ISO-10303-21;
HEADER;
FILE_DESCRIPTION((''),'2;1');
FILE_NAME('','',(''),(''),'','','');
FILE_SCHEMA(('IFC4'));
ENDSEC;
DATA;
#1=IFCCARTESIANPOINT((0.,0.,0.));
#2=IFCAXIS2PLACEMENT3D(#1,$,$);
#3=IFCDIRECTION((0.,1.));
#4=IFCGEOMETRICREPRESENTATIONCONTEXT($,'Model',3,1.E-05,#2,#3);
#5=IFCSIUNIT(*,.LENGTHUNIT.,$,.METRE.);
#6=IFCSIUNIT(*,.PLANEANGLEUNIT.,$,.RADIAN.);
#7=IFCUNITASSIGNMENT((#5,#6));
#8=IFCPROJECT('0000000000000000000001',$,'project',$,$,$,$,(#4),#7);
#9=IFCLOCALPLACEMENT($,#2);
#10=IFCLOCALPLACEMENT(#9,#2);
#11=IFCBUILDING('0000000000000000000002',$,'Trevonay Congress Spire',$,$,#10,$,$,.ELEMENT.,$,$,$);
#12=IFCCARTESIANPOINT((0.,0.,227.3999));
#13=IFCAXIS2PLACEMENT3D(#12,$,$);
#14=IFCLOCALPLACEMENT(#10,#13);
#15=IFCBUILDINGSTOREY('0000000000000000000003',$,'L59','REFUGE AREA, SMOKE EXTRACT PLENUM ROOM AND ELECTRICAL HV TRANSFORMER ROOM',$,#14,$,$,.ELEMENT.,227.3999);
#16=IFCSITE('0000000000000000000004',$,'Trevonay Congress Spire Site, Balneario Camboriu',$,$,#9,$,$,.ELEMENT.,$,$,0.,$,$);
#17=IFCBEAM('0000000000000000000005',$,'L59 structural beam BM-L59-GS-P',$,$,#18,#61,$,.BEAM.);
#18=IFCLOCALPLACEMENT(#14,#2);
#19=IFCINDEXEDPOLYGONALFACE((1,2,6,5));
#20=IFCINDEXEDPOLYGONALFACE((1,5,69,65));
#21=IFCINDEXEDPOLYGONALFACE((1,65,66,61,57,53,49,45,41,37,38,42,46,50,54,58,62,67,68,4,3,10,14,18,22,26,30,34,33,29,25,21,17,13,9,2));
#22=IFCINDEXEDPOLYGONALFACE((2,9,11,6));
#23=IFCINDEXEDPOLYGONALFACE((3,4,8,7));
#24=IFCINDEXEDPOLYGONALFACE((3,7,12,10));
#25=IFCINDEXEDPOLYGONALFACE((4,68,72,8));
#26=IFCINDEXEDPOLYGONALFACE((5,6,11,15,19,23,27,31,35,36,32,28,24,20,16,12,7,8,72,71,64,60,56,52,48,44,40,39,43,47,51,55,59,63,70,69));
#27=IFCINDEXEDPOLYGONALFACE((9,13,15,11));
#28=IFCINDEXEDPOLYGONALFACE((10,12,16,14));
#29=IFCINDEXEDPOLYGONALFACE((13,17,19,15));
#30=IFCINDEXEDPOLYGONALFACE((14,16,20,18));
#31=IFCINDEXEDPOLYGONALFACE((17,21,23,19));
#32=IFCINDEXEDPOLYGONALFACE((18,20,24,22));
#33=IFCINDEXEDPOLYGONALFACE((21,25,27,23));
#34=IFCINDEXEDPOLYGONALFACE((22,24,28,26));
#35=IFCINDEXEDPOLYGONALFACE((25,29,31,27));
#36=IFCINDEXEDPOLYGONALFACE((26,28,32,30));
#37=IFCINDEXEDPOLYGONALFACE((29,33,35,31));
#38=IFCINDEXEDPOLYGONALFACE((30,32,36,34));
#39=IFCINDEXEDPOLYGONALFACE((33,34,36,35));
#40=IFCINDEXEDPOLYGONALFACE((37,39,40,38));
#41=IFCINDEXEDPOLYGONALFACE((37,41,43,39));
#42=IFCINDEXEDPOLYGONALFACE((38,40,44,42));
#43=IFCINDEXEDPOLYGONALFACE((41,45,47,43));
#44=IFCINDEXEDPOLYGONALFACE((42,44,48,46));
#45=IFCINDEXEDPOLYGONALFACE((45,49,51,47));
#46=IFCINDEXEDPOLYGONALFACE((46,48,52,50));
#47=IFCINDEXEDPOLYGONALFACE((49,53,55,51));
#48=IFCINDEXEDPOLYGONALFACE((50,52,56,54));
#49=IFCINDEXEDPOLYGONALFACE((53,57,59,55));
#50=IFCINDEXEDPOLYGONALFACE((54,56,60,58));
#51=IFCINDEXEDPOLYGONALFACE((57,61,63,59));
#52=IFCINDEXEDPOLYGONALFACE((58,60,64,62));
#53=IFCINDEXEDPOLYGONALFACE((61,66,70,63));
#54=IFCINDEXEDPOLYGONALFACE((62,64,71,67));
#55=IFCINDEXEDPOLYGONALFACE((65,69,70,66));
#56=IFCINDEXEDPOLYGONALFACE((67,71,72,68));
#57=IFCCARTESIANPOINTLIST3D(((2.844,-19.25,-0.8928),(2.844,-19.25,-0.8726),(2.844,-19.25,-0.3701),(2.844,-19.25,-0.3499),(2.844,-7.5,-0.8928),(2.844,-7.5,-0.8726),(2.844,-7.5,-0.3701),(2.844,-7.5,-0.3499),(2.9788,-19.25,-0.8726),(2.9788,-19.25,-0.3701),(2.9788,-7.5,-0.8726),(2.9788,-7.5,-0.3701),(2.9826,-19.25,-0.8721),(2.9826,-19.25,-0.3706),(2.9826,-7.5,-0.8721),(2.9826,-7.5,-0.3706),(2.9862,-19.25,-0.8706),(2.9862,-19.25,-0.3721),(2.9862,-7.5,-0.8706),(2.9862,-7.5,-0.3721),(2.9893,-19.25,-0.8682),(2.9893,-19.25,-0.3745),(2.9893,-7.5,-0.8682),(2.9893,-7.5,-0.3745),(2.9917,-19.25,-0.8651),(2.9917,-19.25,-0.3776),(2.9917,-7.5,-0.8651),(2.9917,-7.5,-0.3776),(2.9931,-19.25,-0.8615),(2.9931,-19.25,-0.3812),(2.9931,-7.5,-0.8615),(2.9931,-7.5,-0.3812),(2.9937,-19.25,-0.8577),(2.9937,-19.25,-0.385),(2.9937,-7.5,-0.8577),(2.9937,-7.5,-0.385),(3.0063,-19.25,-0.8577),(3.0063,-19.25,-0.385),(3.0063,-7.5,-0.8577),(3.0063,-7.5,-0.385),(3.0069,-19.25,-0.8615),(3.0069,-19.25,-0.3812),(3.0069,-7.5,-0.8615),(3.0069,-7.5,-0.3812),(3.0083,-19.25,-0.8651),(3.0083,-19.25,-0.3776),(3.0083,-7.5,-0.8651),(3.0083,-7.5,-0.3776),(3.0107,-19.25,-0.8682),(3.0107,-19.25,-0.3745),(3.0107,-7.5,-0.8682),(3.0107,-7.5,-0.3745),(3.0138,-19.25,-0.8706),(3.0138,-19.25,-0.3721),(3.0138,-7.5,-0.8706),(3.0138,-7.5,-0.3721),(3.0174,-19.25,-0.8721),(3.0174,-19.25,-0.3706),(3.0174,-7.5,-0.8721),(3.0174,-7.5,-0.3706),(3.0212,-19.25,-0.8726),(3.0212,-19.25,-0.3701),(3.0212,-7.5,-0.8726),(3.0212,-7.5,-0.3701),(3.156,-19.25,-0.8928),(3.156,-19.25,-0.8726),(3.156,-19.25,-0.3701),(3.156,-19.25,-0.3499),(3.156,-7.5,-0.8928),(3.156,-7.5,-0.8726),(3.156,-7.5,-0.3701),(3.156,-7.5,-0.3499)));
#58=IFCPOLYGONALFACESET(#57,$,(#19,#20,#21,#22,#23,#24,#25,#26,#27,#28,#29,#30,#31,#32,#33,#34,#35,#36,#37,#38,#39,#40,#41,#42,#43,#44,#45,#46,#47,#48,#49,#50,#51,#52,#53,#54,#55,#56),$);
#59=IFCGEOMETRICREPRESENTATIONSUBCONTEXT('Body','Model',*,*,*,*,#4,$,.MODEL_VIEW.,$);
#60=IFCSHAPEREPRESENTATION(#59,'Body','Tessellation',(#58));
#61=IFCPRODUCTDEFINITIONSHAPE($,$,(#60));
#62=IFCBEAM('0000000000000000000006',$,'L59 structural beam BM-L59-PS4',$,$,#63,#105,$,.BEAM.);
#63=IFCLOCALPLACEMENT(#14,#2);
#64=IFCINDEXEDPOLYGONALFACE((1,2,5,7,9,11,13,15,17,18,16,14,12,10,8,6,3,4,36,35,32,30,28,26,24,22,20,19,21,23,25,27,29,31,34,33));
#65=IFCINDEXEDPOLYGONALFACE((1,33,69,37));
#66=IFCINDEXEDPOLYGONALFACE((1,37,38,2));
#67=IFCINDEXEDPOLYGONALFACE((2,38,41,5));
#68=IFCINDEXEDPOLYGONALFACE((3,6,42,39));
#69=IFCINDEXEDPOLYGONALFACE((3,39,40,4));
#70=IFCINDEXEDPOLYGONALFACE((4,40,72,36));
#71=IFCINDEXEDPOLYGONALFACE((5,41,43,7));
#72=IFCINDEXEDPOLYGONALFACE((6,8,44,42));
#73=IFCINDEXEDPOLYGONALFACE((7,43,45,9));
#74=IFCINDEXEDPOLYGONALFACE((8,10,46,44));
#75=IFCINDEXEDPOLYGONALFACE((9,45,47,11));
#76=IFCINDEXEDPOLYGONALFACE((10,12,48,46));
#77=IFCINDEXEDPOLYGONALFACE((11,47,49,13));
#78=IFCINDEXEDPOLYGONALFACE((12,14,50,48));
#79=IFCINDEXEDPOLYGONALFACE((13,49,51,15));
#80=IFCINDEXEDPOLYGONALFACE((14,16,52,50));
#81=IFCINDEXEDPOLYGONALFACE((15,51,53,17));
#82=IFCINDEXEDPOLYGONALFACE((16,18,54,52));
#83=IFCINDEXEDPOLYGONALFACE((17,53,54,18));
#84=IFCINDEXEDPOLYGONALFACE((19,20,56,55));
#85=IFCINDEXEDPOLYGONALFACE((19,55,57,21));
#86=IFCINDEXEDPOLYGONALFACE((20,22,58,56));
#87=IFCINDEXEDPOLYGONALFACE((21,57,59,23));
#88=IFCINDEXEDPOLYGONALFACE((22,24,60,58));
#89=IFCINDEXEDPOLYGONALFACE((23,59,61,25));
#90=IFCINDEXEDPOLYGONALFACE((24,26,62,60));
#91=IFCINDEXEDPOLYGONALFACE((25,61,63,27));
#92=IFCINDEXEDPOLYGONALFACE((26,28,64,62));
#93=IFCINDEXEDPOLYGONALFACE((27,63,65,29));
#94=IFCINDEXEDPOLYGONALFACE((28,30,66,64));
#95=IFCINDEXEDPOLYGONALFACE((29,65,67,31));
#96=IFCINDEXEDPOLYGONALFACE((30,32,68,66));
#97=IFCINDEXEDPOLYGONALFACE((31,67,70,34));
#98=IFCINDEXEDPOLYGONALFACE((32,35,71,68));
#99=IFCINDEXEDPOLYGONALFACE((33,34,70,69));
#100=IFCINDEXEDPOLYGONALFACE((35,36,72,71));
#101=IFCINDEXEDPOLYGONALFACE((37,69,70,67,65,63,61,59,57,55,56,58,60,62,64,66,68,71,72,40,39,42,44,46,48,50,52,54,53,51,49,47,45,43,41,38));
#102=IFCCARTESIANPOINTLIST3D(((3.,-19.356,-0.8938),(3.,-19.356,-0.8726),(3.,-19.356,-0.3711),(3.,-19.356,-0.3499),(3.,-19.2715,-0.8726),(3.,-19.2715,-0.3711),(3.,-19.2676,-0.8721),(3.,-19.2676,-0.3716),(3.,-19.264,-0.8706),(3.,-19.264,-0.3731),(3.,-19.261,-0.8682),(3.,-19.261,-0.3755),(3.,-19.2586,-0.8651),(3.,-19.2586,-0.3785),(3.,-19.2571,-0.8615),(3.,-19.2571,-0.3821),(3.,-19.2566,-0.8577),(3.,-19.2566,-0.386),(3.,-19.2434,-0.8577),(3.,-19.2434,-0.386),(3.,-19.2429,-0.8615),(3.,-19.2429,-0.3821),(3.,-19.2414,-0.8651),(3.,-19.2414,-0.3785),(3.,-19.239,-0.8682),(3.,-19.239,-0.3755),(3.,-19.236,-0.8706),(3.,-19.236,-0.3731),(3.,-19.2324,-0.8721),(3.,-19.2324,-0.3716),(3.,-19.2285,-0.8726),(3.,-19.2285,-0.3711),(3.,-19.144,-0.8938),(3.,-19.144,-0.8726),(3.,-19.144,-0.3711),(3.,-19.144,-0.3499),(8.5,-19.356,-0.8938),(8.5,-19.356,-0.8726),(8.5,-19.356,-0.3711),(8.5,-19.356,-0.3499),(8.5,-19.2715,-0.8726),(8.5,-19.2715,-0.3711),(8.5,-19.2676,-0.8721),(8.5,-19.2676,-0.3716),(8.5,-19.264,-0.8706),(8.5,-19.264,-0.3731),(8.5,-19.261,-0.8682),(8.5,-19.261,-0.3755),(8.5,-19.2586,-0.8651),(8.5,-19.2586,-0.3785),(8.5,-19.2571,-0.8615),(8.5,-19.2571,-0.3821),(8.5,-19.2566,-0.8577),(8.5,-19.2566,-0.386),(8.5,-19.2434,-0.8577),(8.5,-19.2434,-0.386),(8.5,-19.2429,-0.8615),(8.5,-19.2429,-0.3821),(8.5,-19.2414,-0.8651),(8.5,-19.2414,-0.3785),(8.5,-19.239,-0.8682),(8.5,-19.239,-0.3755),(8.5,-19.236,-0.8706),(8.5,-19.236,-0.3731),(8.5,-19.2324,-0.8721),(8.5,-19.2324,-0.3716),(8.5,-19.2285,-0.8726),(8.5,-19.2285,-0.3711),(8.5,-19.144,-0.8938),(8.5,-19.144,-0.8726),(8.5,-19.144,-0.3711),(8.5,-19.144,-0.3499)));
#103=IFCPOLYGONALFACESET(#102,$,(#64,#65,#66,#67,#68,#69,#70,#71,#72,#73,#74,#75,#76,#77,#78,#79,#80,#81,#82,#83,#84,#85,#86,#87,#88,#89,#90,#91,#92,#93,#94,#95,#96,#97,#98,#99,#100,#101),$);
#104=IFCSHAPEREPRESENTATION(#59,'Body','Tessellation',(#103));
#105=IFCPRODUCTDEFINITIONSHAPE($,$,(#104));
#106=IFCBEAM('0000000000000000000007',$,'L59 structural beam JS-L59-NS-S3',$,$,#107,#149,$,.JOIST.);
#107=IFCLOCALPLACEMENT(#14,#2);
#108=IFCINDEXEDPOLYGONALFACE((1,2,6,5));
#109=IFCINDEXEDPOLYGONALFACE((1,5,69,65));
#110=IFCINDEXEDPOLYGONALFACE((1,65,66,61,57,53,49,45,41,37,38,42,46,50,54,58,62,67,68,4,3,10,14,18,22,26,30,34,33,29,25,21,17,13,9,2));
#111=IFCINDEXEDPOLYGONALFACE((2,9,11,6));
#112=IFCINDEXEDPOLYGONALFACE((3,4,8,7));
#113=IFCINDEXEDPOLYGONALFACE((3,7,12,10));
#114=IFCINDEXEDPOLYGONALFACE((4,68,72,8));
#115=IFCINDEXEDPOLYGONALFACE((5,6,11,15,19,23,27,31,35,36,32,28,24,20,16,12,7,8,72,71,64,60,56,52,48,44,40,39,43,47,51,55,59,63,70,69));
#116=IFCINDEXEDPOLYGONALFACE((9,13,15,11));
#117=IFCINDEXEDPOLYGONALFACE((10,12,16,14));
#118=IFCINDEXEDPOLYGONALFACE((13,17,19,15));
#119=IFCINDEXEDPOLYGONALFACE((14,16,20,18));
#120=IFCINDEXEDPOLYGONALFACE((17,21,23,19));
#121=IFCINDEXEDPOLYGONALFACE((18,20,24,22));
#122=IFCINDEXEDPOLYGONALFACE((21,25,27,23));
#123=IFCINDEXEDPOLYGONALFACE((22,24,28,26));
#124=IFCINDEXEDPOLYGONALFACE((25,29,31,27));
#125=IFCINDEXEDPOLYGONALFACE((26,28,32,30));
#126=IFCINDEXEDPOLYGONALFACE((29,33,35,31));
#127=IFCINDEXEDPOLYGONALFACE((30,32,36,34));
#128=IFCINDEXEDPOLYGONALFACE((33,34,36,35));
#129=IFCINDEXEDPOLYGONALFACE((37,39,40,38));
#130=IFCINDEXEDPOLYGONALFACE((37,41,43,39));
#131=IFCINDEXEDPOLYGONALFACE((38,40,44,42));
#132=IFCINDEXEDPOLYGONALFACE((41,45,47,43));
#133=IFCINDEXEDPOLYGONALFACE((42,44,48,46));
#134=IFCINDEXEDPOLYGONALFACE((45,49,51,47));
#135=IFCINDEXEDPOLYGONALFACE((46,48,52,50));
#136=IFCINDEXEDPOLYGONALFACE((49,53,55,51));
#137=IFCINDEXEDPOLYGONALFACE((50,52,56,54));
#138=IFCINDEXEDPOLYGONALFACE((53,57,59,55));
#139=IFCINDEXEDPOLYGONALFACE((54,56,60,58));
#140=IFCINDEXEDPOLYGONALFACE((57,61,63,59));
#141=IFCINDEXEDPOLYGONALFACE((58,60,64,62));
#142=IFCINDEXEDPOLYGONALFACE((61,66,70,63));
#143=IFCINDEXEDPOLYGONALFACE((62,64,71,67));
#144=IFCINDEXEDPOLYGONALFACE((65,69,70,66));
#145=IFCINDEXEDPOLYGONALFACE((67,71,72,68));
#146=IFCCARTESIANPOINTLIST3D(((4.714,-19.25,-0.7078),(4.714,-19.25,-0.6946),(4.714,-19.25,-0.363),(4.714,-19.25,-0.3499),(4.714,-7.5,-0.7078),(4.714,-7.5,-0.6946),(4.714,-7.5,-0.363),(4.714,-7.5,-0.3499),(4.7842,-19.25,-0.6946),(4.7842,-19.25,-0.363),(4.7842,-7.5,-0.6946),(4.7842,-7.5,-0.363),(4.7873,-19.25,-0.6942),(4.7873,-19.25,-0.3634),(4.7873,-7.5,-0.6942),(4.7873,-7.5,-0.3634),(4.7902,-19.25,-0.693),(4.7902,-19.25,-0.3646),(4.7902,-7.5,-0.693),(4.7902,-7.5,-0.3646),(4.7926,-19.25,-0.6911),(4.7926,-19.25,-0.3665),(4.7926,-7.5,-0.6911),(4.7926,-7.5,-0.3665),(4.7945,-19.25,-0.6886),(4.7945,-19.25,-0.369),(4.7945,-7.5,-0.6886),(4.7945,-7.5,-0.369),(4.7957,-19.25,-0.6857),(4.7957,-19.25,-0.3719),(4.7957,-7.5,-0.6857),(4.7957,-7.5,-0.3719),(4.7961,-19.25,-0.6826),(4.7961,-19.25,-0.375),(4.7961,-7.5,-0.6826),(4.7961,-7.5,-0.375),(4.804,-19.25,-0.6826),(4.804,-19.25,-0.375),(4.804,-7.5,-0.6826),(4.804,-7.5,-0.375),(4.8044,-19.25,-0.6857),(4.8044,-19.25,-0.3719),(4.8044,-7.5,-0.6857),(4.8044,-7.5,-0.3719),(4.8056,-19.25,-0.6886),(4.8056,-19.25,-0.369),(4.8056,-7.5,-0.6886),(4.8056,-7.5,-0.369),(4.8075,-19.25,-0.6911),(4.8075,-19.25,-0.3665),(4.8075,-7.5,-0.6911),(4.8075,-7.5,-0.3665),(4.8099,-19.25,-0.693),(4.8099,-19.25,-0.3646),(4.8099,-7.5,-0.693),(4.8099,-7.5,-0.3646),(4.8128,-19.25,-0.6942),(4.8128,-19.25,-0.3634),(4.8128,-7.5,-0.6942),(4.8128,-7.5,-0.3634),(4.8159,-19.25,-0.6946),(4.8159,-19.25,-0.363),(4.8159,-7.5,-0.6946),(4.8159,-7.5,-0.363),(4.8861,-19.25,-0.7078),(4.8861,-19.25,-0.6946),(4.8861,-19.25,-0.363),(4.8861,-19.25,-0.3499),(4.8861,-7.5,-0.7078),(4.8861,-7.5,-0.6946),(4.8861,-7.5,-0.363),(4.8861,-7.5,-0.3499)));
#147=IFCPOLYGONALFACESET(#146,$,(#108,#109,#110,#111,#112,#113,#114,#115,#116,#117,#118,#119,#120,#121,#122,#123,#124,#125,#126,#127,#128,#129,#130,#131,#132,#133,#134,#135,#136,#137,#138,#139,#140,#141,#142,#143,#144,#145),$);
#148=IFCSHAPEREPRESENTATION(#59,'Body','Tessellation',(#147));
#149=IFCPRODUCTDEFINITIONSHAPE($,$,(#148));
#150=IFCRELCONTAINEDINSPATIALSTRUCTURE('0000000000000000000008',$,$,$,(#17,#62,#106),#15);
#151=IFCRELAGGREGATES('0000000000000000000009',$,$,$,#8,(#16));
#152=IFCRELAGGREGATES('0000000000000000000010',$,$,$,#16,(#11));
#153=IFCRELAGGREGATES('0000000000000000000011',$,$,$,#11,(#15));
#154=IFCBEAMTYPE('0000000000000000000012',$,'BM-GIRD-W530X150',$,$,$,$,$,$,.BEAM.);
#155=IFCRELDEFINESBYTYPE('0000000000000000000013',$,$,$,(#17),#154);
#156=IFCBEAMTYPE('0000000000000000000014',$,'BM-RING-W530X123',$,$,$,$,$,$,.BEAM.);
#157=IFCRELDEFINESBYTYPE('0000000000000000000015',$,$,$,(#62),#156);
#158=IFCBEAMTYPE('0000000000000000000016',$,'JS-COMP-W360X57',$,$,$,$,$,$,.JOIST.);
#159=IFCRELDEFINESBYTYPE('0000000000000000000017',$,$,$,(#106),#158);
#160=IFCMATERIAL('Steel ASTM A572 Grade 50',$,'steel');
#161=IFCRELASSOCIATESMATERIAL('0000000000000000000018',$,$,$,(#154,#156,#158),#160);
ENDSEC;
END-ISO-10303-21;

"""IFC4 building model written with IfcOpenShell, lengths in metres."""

from ifc_helpers import new_model, si_unit, direction, frame, origin, origin_2d, place, context, subcontext, project, spatial, i_section, extrude, material, material_profile, profile_set, type_object, element, save


model = new_model("IFC4")

# Units and contexts
model_context = context("Model", 3, precision=1e-05, world=origin(), true_north=direction((0.0, 1.0)))
body_context = subcontext(model_context, "Body", "Model", "MODEL_VIEW")
ifc_project = project(units=[si_unit("LENGTHUNIT", "METRE"), si_unit("PLANEANGLEUNIT", "RADIAN")], contexts=[model_context])

# Site, building, storey
site_placement = place(None, origin())
site = spatial("IfcSite", under=ifc_project, at=site_placement, Name="Trevonay Congress Spire Site, Balneario Camboriu", CompositionType="ELEMENT", RefElevation=0.0)
building_placement = place(site_placement, origin())
building = spatial("IfcBuilding", under=site, at=building_placement, Name="Trevonay Congress Spire", CompositionType="ELEMENT")
storey_placement = place(building_placement, frame((0.0, 0.0, 227.3999)))
storey = spatial("IfcBuildingStorey", under=building, at=storey_placement, Name="L59", Description="REFUGE AREA, SMOKE EXTRACT PLENUM ROOM AND ELECTRICAL HV TRANSFORMER ROOM", CompositionType="ELEMENT", Elevation=227.3999)

# Shared definitions
ifc_material_1 = material(Name="Steel ASTM A572 Grade 50", Category="steel")

# Beams
ifc_material_profile_1 = material_profile(ifc_material_1, i_section(OverallWidth=0.312, OverallDepth=0.543, WebThickness=0.0127, FlangeThickness=0.0203, FilletRadius=0.0149, at=origin_2d()), Name="W530x150")
ifc_profile_set_1 = profile_set([ifc_material_profile_1], Name="Steel ASTM A572 Grade 50")
beam_type_1 = type_object("IfcBeamType", Name="BM-GIRD-W530X150", PredefinedType="BEAM", material=ifc_profile_set_1)
beam_1_placement = place(storey_placement, frame((3.0, -7.5, -0.6213), z_axis=(0.0, -1.0, 0.0), x_axis=(1.0, 0.0, 0.0)))
element("IfcBeam", 1, at=beam_1_placement, inside=storey, type_object=beam_type_1, Name="L59 structural beam BM-L59-GS-P", PredefinedType="BEAM", context=body_context, shape_type="SweptSolid", body=[
    extrude(i_section(OverallWidth=0.312, OverallDepth=0.543, WebThickness=0.0127, FlangeThickness=0.0203, FilletRadius=0.0149, at=origin_2d()), origin(), (0.0, 0.0, 1.0), 11.75),
])
ifc_material_profile_2 = material_profile(ifc_material_1, i_section(OverallWidth=0.2119, OverallDepth=0.5439, WebThickness=0.0132, FlangeThickness=0.0212, FilletRadius=0.0149, at=origin_2d()), Name="W530x123")
ifc_profile_set_2 = profile_set([ifc_material_profile_2], Name="Steel ASTM A572 Grade 50")
beam_type_2 = type_object("IfcBeamType", Name="BM-RING-W530X123", PredefinedType="BEAM", material=ifc_profile_set_2)
beam_2_placement = place(storey_placement, frame((3.0, -19.25, -0.6218), z_axis=(1.0, 0.0, 0.0), x_axis=(0.0, 1.0, 0.0)))
element("IfcBeam", 2, at=beam_2_placement, inside=storey, type_object=beam_type_2, Name="L59 structural beam BM-L59-PS4", PredefinedType="BEAM", context=body_context, shape_type="SweptSolid", body=[
    extrude(i_section(OverallWidth=0.2119, OverallDepth=0.5439, WebThickness=0.0132, FlangeThickness=0.0212, FilletRadius=0.0149, at=origin_2d()), origin(), (0.0, 0.0, 1.0), 5.5),
])
ifc_material_profile_3 = material_profile(ifc_material_1, i_section(OverallWidth=0.1721, OverallDepth=0.3579, WebThickness=0.0078, FlangeThickness=0.0132, FilletRadius=0.012, at=origin_2d()), Name="W360x57.8")
ifc_profile_set_3 = profile_set([ifc_material_profile_3], Name="Steel ASTM A572 Grade 50")
beam_type_3 = type_object("IfcBeamType", Name="JS-COMP-W360X57", PredefinedType="JOIST", material=ifc_profile_set_3)
beam_3_placement = place(storey_placement, frame((4.8, -19.25, -0.5288), z_axis=(0.0, 1.0, 0.0), x_axis=(-1.0, 0.0, 0.0)))
element("IfcBeam", 3, at=beam_3_placement, inside=storey, type_object=beam_type_3, Name="L59 structural beam JS-L59-NS-S3", PredefinedType="JOIST", context=body_context, shape_type="SweptSolid", body=[
    extrude(i_section(OverallWidth=0.1721, OverallDepth=0.3579, WebThickness=0.0078, FlangeThickness=0.0132, FilletRadius=0.012, at=origin_2d()), origin(), (0.0, 0.0, 1.0), 11.75),
])

save(model, "model.ifc")
